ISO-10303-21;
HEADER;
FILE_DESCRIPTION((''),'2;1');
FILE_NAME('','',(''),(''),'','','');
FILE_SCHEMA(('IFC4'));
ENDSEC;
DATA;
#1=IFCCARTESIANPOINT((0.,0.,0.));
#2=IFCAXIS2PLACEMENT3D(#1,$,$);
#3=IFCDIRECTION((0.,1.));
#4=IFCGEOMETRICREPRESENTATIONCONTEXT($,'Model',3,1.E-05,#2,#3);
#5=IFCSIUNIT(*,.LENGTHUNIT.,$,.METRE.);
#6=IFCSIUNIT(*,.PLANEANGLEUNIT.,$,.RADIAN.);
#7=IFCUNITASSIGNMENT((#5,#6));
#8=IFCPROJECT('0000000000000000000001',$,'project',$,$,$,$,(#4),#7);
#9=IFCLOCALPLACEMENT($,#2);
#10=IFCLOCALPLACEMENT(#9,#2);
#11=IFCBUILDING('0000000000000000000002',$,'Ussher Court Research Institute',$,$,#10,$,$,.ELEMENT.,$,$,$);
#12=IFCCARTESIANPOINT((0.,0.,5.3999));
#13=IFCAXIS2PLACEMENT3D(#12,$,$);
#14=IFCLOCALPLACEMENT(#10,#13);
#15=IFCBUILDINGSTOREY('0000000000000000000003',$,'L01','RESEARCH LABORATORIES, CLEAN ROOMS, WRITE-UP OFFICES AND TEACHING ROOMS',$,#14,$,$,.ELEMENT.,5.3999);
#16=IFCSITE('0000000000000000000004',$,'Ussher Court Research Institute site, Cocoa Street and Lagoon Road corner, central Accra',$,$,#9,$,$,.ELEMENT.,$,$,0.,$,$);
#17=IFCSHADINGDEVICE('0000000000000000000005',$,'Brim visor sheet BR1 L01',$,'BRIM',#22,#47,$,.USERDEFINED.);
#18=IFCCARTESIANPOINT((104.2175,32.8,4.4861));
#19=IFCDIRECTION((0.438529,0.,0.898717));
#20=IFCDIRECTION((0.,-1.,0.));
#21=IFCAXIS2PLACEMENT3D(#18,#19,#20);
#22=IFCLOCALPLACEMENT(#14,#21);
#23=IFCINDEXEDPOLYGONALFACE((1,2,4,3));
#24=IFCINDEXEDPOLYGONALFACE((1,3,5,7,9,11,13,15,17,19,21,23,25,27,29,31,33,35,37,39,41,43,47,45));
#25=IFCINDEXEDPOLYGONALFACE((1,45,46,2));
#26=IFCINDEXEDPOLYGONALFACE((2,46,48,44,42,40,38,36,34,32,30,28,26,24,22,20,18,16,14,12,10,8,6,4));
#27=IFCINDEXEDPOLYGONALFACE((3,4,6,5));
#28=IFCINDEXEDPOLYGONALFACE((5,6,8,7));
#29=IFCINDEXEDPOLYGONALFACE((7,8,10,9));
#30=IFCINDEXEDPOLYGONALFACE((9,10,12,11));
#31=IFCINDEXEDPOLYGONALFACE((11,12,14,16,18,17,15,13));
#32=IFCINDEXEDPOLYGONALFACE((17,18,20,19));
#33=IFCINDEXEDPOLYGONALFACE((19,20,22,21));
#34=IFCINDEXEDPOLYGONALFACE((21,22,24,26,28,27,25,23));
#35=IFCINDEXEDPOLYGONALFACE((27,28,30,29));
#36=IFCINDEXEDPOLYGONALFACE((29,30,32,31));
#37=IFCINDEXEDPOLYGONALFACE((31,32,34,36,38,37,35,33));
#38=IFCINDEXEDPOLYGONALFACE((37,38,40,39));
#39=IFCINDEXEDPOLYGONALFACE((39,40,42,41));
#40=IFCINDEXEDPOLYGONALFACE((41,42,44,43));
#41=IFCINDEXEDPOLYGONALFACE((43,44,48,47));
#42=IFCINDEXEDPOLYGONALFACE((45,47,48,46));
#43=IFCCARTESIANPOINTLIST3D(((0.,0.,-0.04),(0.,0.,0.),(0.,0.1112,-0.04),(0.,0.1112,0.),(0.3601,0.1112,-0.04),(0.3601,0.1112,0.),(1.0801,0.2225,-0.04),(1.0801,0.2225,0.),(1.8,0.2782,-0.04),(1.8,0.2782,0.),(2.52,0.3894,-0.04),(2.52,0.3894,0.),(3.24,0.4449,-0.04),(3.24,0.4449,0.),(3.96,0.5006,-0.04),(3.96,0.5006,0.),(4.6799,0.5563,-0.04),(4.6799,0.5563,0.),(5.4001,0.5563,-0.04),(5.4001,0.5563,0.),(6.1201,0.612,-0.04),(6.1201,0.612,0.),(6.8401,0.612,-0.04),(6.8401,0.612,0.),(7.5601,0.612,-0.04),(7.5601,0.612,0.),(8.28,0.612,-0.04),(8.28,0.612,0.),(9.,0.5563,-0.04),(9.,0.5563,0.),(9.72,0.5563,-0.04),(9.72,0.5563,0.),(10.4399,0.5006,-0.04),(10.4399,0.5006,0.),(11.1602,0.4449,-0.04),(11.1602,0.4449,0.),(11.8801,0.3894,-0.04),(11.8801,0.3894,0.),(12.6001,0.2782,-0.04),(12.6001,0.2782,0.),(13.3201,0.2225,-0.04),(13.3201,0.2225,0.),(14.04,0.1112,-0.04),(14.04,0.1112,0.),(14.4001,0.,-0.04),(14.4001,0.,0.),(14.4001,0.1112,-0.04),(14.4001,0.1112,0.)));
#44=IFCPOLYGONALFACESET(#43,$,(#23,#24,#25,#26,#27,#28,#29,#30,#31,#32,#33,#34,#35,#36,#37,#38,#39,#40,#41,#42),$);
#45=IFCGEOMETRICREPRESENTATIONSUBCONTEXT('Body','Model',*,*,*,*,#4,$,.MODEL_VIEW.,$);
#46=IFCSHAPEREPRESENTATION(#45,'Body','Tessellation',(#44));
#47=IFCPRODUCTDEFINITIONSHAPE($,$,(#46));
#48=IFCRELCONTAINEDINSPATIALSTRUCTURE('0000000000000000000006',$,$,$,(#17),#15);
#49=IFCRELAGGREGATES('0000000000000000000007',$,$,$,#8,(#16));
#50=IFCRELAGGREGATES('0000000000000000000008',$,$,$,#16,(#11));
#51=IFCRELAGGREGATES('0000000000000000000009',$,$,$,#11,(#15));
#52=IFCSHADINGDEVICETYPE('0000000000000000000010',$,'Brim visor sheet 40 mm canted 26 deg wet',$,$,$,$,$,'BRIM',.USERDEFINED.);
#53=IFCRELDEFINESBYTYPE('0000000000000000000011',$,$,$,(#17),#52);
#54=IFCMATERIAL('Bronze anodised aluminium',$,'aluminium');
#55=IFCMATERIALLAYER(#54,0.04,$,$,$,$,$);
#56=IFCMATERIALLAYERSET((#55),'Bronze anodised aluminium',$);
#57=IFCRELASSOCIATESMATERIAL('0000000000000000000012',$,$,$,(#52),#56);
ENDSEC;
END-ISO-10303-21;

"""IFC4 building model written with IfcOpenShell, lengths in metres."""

from ifc_helpers import new_model, si_unit, direction, frame, origin, place, context, subcontext, project, spatial, polyline, outline, extrude, material, layer, layer_set, type_object, element, save


model = new_model("IFC4")

# Units and contexts
model_context = context("Model", 3, precision=1e-05, world=origin(), true_north=direction((0.0, 1.0)))
body_context = subcontext(model_context, "Body", "Model", "MODEL_VIEW")
ifc_project = project(units=[si_unit("LENGTHUNIT", "METRE"), si_unit("PLANEANGLEUNIT", "RADIAN")], contexts=[model_context])

# Site, building, storey
site_placement = place(None, origin())
site = spatial("IfcSite", under=ifc_project, at=site_placement, Name="Ussher Court Research Institute site, Cocoa Street and Lagoon Road corner, central Accra", CompositionType="ELEMENT", RefElevation=0.0)
building_placement = place(site_placement, origin())
building = spatial("IfcBuilding", under=site, at=building_placement, Name="Ussher Court Research Institute", CompositionType="ELEMENT")
storey_placement = place(building_placement, frame((0.0, 0.0, 5.3999)))
storey = spatial("IfcBuildingStorey", under=building, at=storey_placement, Name="L01", Description="RESEARCH LABORATORIES, CLEAN ROOMS, WRITE-UP OFFICES AND TEACHING ROOMS", CompositionType="ELEMENT", Elevation=5.3999)

# Shading device
ifc_material_1 = material(Name="Bronze anodised aluminium", Category="aluminium")
ifc_layer_1 = layer(ifc_material_1, 0.04)
ifc_layer_set_1 = layer_set([ifc_layer_1], Name="Bronze anodised aluminium")
shading_device_type_1 = type_object("IfcShadingDeviceType", Name="Brim visor sheet 40 mm canted 26 deg wet", ElementType="BRIM", PredefinedType="USERDEFINED", material=ifc_layer_set_1)
shading_device_1_placement = place(storey_placement, frame((104.2175, 32.8, 4.4861), z_axis=(0.438529, 0.0, 0.898717), x_axis=(0.0, -1.0, 0.0)))
element("IfcShadingDevice", 1, at=shading_device_1_placement, inside=storey, type_object=shading_device_type_1, Name="Brim visor sheet BR1 L01", ObjectType="BRIM", PredefinedType="USERDEFINED", context=body_context, shape_type="SweptSolid", body=[
    extrude(outline(polyline([(0.0, 0.0), (14.4001, 0.0), (14.4001, 0.1112), (14.04, 0.1112), (13.3201, 0.2225), (12.6001, 0.2782), (11.8801, 0.3894), (11.1602, 0.4449), (10.4399, 0.5006), (9.72, 0.5563), (9.0, 0.5563), (8.28, 0.612), (7.5601, 0.612), (6.8401, 0.612), (6.1201, 0.612), (5.4001, 0.5563), (4.6799, 0.5563), (3.96, 0.5006), (3.24, 0.4449), (2.52, 0.3894), (1.8, 0.2782), (1.0801, 0.2225), (0.3601, 0.1112), (0.0, 0.1112), (0.0, 0.0)])), origin(), (0.0, 0.0, -1.0), 0.04),
])

save(model, "model.ifc")
